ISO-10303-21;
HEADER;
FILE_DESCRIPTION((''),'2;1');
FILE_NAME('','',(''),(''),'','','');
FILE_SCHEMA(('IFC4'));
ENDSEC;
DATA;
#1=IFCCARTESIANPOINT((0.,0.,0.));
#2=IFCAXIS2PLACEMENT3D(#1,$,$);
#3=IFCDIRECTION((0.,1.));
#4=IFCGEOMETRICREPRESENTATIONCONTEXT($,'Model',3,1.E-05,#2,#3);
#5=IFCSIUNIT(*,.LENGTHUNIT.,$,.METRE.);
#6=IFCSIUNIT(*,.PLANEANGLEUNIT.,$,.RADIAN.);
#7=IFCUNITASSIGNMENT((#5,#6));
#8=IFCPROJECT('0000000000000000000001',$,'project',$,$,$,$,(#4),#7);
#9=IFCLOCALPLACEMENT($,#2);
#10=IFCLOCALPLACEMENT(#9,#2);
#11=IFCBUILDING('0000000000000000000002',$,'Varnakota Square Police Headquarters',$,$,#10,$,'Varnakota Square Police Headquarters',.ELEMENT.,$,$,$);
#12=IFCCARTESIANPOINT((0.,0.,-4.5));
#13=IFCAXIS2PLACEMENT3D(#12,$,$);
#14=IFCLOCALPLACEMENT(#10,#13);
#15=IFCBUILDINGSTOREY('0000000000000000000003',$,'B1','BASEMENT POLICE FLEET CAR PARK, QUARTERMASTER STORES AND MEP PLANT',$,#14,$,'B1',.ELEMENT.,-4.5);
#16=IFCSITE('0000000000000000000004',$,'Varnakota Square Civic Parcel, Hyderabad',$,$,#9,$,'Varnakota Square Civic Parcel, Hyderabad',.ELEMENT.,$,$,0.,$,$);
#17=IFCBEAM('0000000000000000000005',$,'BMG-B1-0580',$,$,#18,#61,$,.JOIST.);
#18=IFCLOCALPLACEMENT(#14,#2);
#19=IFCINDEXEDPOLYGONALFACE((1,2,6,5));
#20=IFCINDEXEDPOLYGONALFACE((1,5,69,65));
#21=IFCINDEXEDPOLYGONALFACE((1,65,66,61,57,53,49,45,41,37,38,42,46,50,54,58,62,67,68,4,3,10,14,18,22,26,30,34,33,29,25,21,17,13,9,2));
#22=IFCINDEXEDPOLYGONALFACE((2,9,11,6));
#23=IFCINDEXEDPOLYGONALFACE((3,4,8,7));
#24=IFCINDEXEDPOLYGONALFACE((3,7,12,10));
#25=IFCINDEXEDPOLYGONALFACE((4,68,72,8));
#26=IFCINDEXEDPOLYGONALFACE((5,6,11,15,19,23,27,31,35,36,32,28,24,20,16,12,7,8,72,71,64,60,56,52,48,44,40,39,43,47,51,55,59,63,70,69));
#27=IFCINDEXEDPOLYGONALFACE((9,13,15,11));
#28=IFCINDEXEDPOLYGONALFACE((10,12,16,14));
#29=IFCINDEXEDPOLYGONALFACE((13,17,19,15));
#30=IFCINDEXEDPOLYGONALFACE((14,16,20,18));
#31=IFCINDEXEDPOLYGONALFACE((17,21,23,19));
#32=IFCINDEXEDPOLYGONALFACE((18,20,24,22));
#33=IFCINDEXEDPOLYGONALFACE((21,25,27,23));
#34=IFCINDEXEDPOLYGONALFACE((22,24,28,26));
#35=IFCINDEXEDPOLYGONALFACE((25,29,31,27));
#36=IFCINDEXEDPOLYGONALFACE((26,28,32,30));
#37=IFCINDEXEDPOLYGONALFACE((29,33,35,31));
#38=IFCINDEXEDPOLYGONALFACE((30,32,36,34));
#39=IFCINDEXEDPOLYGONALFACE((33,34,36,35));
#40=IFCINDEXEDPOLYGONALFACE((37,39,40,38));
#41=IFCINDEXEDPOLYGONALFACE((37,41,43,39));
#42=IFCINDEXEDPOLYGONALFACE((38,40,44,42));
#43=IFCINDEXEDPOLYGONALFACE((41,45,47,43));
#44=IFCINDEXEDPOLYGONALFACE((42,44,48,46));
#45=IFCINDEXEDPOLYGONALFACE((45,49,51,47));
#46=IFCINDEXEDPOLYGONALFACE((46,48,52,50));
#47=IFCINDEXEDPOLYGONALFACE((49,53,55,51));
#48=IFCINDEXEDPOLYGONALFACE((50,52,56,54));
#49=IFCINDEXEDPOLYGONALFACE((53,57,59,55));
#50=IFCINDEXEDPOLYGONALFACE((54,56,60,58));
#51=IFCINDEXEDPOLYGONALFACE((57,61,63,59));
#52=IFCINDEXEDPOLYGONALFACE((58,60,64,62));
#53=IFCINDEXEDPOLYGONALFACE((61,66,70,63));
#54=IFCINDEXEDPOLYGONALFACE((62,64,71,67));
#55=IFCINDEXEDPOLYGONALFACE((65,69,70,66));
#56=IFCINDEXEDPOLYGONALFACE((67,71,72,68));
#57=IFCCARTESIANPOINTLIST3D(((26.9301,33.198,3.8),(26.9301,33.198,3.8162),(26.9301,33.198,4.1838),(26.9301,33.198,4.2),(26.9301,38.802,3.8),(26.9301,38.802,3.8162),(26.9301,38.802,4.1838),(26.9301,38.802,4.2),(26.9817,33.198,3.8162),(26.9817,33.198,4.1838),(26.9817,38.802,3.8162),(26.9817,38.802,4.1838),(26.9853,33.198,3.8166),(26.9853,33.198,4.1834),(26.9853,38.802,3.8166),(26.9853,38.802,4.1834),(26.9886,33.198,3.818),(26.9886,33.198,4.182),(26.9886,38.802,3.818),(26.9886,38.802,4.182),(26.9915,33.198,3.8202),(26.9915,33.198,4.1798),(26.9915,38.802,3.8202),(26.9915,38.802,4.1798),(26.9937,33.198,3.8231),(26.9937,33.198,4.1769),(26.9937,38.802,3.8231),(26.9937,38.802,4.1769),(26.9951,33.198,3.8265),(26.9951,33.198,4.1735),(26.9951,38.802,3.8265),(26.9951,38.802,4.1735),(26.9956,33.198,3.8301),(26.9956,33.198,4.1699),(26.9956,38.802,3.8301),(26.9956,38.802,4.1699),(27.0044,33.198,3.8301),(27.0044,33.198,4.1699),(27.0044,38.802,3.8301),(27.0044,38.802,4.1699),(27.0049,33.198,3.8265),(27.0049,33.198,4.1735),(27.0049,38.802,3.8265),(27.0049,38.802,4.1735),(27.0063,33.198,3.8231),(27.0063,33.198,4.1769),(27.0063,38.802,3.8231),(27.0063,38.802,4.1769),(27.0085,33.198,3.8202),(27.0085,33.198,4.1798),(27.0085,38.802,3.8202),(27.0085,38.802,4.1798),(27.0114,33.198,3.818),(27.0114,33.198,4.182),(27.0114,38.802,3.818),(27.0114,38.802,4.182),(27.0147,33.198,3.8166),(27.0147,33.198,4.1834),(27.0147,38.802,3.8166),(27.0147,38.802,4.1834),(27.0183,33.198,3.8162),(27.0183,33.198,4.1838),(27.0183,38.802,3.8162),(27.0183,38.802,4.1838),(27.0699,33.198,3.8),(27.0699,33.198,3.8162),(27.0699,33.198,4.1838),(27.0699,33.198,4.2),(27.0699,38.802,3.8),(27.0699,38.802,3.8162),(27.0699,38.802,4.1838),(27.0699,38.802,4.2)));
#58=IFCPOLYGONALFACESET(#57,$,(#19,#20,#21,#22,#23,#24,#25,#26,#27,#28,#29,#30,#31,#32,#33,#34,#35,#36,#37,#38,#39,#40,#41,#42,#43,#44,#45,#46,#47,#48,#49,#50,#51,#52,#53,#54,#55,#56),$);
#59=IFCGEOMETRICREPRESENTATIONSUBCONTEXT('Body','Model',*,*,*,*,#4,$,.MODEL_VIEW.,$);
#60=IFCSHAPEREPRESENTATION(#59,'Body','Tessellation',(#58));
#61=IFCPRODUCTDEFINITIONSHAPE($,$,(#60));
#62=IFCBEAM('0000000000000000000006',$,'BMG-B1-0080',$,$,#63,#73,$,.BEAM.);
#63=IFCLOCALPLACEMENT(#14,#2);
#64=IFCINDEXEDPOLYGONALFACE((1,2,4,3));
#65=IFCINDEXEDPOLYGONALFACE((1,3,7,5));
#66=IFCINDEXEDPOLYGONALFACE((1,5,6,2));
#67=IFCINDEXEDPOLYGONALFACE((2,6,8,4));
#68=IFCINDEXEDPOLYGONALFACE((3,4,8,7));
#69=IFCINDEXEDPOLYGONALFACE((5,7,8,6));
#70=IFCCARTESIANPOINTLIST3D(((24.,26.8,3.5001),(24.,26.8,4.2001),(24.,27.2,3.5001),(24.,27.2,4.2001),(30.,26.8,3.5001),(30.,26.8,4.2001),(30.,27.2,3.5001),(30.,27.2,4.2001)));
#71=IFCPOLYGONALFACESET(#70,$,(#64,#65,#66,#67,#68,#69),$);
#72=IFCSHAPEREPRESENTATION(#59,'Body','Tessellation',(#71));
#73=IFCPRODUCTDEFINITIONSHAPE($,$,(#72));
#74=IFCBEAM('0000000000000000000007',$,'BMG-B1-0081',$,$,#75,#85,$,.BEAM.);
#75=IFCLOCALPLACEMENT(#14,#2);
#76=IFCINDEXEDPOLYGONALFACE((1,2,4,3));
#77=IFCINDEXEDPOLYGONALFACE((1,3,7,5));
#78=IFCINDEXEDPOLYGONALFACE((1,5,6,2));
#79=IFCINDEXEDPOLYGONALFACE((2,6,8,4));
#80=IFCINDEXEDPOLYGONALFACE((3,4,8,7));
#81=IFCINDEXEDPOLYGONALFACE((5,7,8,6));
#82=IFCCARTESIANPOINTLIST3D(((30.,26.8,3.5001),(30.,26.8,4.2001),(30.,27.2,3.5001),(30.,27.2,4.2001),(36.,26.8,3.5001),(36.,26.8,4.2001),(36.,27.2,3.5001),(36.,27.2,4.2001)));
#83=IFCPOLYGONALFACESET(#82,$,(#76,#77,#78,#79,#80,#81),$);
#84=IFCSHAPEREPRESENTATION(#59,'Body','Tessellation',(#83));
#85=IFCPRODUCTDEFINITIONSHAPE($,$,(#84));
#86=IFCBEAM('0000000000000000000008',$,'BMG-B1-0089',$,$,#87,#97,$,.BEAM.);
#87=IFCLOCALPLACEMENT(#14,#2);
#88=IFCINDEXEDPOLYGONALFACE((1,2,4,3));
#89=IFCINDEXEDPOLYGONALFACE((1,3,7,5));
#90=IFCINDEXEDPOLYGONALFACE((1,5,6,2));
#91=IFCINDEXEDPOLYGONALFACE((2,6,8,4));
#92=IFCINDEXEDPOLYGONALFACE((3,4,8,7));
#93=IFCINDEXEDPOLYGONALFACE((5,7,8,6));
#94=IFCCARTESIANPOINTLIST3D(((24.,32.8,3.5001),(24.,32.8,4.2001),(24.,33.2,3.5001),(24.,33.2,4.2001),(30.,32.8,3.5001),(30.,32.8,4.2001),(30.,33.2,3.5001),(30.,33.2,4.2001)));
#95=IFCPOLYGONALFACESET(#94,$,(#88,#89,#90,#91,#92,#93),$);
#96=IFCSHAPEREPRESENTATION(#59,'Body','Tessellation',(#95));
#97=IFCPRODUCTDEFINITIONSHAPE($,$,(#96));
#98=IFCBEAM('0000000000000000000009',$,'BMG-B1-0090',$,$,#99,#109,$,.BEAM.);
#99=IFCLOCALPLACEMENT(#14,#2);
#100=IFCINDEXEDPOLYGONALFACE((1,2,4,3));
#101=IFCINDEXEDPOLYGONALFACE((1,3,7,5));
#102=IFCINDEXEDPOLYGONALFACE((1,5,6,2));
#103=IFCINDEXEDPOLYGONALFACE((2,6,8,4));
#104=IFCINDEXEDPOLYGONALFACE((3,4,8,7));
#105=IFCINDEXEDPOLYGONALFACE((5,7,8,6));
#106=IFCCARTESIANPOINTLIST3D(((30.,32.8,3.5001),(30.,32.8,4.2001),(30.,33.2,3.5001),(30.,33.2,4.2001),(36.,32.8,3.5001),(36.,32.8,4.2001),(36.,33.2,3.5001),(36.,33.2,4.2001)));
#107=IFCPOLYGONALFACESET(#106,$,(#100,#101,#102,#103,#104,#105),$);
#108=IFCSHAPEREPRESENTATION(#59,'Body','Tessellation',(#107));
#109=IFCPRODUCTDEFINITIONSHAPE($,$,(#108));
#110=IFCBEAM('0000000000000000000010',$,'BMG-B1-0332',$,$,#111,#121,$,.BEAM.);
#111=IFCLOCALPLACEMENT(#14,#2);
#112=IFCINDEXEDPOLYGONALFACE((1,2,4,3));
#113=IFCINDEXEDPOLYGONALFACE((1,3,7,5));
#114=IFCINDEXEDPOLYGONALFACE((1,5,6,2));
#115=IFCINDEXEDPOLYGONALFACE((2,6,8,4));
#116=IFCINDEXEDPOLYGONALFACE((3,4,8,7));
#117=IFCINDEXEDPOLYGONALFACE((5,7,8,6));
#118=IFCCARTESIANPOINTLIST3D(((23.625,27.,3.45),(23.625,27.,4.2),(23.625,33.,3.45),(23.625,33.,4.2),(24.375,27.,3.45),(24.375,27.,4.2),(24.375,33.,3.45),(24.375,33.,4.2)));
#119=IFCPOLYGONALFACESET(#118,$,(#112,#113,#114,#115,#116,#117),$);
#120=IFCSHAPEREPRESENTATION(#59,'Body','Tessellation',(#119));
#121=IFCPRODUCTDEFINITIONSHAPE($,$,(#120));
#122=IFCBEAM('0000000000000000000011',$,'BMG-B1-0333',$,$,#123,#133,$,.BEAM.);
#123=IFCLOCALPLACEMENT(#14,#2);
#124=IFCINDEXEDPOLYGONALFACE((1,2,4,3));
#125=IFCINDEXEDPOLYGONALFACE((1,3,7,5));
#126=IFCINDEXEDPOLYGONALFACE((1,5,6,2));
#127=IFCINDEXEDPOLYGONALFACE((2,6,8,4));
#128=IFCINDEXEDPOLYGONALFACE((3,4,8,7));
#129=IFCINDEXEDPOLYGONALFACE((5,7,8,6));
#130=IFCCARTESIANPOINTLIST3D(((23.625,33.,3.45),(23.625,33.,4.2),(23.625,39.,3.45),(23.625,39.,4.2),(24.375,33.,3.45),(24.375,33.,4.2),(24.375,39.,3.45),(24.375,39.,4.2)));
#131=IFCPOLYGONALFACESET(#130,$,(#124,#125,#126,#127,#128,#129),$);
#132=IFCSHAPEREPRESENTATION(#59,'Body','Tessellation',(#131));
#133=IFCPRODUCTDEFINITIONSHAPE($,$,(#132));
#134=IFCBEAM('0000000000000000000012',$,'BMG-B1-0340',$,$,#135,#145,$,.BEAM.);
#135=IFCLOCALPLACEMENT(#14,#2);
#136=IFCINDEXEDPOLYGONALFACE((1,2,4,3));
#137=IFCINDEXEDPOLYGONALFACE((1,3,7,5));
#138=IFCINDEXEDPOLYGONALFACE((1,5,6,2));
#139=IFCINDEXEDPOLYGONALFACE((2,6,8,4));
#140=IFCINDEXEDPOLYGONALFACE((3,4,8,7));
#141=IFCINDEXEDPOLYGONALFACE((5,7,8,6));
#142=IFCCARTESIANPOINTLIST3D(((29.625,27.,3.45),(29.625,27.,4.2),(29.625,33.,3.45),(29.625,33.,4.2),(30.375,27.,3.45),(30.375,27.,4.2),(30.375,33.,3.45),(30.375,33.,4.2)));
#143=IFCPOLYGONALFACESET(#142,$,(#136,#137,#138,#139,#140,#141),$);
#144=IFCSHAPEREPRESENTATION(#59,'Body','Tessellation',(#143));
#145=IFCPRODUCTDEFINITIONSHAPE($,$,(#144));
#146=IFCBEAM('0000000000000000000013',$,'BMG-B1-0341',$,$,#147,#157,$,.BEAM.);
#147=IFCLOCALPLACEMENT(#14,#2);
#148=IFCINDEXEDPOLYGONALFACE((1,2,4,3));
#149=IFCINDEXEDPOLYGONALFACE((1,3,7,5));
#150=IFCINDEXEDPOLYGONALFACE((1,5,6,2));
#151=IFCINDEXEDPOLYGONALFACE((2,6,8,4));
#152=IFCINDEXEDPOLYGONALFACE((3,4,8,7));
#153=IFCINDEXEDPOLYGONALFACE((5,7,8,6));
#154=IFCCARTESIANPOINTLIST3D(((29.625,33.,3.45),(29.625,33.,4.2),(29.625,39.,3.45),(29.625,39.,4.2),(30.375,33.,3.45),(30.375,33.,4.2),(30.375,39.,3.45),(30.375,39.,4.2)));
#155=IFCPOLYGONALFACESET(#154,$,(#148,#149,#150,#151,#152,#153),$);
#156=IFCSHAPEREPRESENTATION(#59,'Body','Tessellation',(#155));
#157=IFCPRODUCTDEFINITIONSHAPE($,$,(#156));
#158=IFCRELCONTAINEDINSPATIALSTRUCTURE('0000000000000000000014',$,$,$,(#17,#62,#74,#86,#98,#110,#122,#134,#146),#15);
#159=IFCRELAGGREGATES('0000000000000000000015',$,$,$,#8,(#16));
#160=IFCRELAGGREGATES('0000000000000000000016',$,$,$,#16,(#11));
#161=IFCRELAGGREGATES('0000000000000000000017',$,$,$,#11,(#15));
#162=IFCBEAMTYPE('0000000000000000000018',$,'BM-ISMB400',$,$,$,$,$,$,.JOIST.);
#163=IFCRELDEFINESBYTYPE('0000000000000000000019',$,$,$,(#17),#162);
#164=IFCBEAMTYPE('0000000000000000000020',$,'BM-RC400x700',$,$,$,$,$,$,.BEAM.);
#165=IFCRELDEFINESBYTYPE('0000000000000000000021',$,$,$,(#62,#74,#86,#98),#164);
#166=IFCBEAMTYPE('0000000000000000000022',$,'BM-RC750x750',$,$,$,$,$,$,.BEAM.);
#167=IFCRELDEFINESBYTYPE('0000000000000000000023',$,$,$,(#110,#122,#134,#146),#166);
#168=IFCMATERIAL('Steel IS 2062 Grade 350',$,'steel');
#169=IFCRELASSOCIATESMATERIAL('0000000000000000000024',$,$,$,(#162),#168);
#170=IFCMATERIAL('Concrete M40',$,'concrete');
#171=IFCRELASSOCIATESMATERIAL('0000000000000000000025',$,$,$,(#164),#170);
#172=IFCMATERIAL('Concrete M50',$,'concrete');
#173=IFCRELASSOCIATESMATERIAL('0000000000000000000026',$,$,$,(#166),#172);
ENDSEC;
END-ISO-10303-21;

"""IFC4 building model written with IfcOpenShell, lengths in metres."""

from ifc_helpers import new_model, si_unit, direction, frame, origin, origin_2d, place, context, subcontext, project, spatial, rectangle, i_section, extrude, material, material_profile, profile_set, type_object, element, save


model = new_model("IFC4")

# Units and contexts
model_context = context("Model", 3, precision=1e-05, world=origin(), true_north=direction((0.0, 1.0)))
body_context = subcontext(model_context, "Body", "Model", "MODEL_VIEW")
ifc_project = project(units=[si_unit("LENGTHUNIT", "METRE"), si_unit("PLANEANGLEUNIT", "RADIAN")], contexts=[model_context])

# Site, building, storey
site_placement = place(None, origin())
site = spatial("IfcSite", under=ifc_project, at=site_placement, Name="Varnakota Square Civic Parcel, Hyderabad", LongName="Varnakota Square Civic Parcel, Hyderabad", CompositionType="ELEMENT", RefElevation=0.0)
building_placement = place(site_placement, origin())
building = spatial("IfcBuilding", under=site, at=building_placement, Name="Varnakota Square Police Headquarters", LongName="Varnakota Square Police Headquarters", CompositionType="ELEMENT")
storey_placement = place(building_placement, frame((0.0, 0.0, -4.5)))
storey = spatial("IfcBuildingStorey", under=building, at=storey_placement, Name="B1", Description="BASEMENT POLICE FLEET CAR PARK, QUARTERMASTER STORES AND MEP PLANT", LongName="B1", CompositionType="ELEMENT", Elevation=-4.5)

# Shared definitions
ifc_material_1 = material(Name="Concrete M50", Category="concrete")

# Beams
ifc_material_2 = material(Name="Steel IS 2062 Grade 350", Category="steel")
ifc_material_profile_1 = material_profile(ifc_material_2, i_section(OverallWidth=0.1399, OverallDepth=0.3999, WebThickness=0.0088, FlangeThickness=0.0161, FilletRadius=0.0139, at=origin_2d()), Name="ISMB 400")
ifc_profile_set_1 = profile_set([ifc_material_profile_1], Name="Steel IS 2062 Grade 350")
beam_type_1 = type_object("IfcBeamType", Name="BM-ISMB400", PredefinedType="JOIST", material=ifc_profile_set_1)
beam_1_placement = place(storey_placement, frame((27.0, 33.198, 4.0), z_axis=(0.0, 1.0, 0.0), x_axis=(-1.0, 0.0, 0.0)))
element("IfcBeam", 1, at=beam_1_placement, inside=storey, type_object=beam_type_1, Name="BMG-B1-0580", PredefinedType="JOIST", context=body_context, shape_type="SweptSolid", body=[
    extrude(i_section(OverallWidth=0.1399, OverallDepth=0.3999, WebThickness=0.0088, FlangeThickness=0.0161, FilletRadius=0.0139, at=origin_2d()), origin(), (0.0, 0.0, 1.0), 5.604),
])
ifc_material_3 = material(Name="Concrete M40", Category="concrete")
ifc_material_profile_2 = material_profile(ifc_material_3, rectangle(XDim=0.3999, YDim=0.7, at=origin_2d()), Name="RC 400x700")
ifc_profile_set_2 = profile_set([ifc_material_profile_2], Name="Concrete M40")
beam_type_2 = type_object("IfcBeamType", Name="BM-RC400x700", PredefinedType="BEAM", material=ifc_profile_set_2)
for number, where, z_axis, x_axis, name in (
    (2, (24.0, 27.0, 3.8501), (1.0, 0.0, 0.0), (0.0, 1.0, 0.0), "BMG-B1-0080"),
    (3, (30.0, 27.0, 3.8501), (1.0, 0.0, 0.0), (0.0, 1.0, 0.0), "BMG-B1-0081"),
    (4, (24.0, 33.0, 3.8501), (1.0, 0.0, 0.0), (0.0, 1.0, 0.0), "BMG-B1-0089"),
    (5, (30.0, 33.0, 3.8501), (1.0, 0.0, 0.0), (0.0, 1.0, 0.0), "BMG-B1-0090"),
):
    element("IfcBeam", number, at=place(storey_placement, frame(where, z_axis=z_axis, x_axis=x_axis)), inside=storey, type_object=beam_type_2, Name=name, PredefinedType="BEAM", context=body_context, shape_type="SweptSolid", body=[
        extrude(rectangle(XDim=0.3999, YDim=0.7, at=origin_2d()), origin(), (0.0, 0.0, 1.0), 6.0),
    ])
ifc_material_profile_3 = material_profile(ifc_material_1, rectangle(XDim=0.75, YDim=0.75, at=origin_2d()), Name="RC 750x750")
ifc_profile_set_3 = profile_set([ifc_material_profile_3], Name="Concrete M50")
beam_type_3 = type_object("IfcBeamType", Name="BM-RC750x750", PredefinedType="BEAM", material=ifc_profile_set_3)
for number, where, z_axis, x_axis, name in (
    (6, (24.0, 27.0, 3.825), (0.0, 1.0, 0.0), (-1.0, 0.0, 0.0), "BMG-B1-0332"),
    (7, (24.0, 33.0, 3.825), (0.0, 1.0, 0.0), (-1.0, 0.0, 0.0), "BMG-B1-0333"),
    (8, (30.0, 27.0, 3.825), (0.0, 1.0, 0.0), (-1.0, 0.0, 0.0), "BMG-B1-0340"),
    (9, (30.0, 33.0, 3.825), (0.0, 1.0, 0.0), (-1.0, 0.0, 0.0), "BMG-B1-0341"),
):
    element("IfcBeam", number, at=place(storey_placement, frame(where, z_axis=z_axis, x_axis=x_axis)), inside=storey, type_object=beam_type_3, Name=name, PredefinedType="BEAM", context=body_context, shape_type="SweptSolid", body=[
        extrude(rectangle(XDim=0.75, YDim=0.75, at=origin_2d()), origin(), (0.0, 0.0, 1.0), 6.0),
    ])

save(model, "model.ifc")
